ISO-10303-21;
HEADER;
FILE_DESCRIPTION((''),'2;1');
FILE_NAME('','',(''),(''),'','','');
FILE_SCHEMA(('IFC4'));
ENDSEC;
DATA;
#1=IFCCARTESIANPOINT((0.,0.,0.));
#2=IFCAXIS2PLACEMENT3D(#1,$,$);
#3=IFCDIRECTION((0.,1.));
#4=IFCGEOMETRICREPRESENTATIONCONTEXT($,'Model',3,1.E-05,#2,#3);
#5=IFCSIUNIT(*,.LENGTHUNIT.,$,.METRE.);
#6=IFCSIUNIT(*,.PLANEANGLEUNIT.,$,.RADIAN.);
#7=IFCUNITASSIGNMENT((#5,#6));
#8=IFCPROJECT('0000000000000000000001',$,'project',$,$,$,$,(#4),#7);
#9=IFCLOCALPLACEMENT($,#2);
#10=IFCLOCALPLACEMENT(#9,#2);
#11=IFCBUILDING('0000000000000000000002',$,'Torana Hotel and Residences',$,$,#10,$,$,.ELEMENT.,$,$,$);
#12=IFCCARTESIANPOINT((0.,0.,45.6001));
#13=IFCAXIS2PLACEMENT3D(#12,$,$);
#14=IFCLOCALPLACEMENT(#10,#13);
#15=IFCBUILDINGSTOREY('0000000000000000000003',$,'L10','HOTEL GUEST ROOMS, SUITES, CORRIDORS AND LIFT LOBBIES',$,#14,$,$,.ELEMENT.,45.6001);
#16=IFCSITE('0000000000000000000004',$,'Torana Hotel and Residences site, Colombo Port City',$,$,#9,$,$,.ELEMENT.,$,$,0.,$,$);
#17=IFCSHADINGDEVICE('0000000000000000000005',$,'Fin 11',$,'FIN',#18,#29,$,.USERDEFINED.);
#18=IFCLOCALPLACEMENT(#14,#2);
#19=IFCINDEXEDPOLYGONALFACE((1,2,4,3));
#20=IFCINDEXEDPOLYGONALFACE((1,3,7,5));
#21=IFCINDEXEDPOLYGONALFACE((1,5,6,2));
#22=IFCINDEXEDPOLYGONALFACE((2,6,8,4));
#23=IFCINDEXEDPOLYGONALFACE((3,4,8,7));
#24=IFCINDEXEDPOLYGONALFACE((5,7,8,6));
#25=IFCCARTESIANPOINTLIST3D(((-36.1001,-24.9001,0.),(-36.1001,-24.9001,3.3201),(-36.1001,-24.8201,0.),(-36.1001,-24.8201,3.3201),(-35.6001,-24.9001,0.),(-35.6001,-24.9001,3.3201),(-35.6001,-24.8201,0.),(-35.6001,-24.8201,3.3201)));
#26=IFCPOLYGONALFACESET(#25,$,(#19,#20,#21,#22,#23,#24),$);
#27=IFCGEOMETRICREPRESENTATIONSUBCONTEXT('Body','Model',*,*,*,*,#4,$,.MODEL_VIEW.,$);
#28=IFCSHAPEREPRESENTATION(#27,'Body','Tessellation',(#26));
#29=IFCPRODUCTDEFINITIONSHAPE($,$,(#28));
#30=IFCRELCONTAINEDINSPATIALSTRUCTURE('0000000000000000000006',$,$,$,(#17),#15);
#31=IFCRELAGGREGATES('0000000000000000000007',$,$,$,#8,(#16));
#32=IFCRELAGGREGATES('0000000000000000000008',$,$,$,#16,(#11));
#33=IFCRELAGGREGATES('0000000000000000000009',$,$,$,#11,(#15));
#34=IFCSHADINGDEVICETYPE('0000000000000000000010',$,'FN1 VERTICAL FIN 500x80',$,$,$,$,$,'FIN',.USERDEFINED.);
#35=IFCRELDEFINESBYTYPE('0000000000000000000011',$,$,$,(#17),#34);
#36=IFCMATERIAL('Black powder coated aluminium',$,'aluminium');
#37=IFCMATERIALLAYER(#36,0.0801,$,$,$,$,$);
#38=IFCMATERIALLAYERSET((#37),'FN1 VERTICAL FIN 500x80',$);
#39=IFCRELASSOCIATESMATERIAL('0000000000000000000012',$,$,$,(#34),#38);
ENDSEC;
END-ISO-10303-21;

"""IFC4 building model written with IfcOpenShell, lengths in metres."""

from ifc_helpers import new_model, si_unit, direction, frame, origin, origin_2d, place, context, subcontext, project, spatial, rectangle, extrude, material, layer, layer_set, type_object, element, save


model = new_model("IFC4")

# Units and contexts
model_context = context("Model", 3, precision=1e-05, world=origin(), true_north=direction((0.0, 1.0)))
body_context = subcontext(model_context, "Body", "Model", "MODEL_VIEW")
ifc_project = project(units=[si_unit("LENGTHUNIT", "METRE"), si_unit("PLANEANGLEUNIT", "RADIAN")], contexts=[model_context])

# Site, building, storey
site_placement = place(None, origin())
site = spatial("IfcSite", under=ifc_project, at=site_placement, Name="Torana Hotel and Residences site, Colombo Port City", CompositionType="ELEMENT", RefElevation=0.0)
building_placement = place(site_placement, origin())
building = spatial("IfcBuilding", under=site, at=building_placement, Name="Torana Hotel and Residences", CompositionType="ELEMENT")
storey_placement = place(building_placement, frame((0.0, 0.0, 45.6001)))
storey = spatial("IfcBuildingStorey", under=building, at=storey_placement, Name="L10", Description="HOTEL GUEST ROOMS, SUITES, CORRIDORS AND LIFT LOBBIES", CompositionType="ELEMENT", Elevation=45.6001)

# Shading device
ifc_material_1 = material(Name="Black powder coated aluminium", Category="aluminium")
ifc_layer_1 = layer(ifc_material_1, 0.0801)
ifc_layer_set_1 = layer_set([ifc_layer_1], Name="FN1 VERTICAL FIN 500x80")
shading_device_type = type_object("IfcShadingDeviceType", Name="FN1 VERTICAL FIN 500x80", ElementType="FIN", PredefinedType="USERDEFINED", material=ifc_layer_set_1)
shading_device_placement = place(storey_placement, frame((-35.8501, -24.8601, 0.0), z_axis=(0.0, 0.0, 1.0), x_axis=(0.0, 1.0, 0.0)))
element("IfcShadingDevice", 1, at=shading_device_placement, inside=storey, type_object=shading_device_type, Name="Fin 11", ObjectType="FIN", PredefinedType="USERDEFINED", context=body_context, shape_type="SweptSolid", body=[
    extrude(rectangle(XDim=0.0801, YDim=0.5, at=origin_2d()), origin(), (0.0, 0.0, 1.0), 3.3201),
])

save(model, "model.ifc")
